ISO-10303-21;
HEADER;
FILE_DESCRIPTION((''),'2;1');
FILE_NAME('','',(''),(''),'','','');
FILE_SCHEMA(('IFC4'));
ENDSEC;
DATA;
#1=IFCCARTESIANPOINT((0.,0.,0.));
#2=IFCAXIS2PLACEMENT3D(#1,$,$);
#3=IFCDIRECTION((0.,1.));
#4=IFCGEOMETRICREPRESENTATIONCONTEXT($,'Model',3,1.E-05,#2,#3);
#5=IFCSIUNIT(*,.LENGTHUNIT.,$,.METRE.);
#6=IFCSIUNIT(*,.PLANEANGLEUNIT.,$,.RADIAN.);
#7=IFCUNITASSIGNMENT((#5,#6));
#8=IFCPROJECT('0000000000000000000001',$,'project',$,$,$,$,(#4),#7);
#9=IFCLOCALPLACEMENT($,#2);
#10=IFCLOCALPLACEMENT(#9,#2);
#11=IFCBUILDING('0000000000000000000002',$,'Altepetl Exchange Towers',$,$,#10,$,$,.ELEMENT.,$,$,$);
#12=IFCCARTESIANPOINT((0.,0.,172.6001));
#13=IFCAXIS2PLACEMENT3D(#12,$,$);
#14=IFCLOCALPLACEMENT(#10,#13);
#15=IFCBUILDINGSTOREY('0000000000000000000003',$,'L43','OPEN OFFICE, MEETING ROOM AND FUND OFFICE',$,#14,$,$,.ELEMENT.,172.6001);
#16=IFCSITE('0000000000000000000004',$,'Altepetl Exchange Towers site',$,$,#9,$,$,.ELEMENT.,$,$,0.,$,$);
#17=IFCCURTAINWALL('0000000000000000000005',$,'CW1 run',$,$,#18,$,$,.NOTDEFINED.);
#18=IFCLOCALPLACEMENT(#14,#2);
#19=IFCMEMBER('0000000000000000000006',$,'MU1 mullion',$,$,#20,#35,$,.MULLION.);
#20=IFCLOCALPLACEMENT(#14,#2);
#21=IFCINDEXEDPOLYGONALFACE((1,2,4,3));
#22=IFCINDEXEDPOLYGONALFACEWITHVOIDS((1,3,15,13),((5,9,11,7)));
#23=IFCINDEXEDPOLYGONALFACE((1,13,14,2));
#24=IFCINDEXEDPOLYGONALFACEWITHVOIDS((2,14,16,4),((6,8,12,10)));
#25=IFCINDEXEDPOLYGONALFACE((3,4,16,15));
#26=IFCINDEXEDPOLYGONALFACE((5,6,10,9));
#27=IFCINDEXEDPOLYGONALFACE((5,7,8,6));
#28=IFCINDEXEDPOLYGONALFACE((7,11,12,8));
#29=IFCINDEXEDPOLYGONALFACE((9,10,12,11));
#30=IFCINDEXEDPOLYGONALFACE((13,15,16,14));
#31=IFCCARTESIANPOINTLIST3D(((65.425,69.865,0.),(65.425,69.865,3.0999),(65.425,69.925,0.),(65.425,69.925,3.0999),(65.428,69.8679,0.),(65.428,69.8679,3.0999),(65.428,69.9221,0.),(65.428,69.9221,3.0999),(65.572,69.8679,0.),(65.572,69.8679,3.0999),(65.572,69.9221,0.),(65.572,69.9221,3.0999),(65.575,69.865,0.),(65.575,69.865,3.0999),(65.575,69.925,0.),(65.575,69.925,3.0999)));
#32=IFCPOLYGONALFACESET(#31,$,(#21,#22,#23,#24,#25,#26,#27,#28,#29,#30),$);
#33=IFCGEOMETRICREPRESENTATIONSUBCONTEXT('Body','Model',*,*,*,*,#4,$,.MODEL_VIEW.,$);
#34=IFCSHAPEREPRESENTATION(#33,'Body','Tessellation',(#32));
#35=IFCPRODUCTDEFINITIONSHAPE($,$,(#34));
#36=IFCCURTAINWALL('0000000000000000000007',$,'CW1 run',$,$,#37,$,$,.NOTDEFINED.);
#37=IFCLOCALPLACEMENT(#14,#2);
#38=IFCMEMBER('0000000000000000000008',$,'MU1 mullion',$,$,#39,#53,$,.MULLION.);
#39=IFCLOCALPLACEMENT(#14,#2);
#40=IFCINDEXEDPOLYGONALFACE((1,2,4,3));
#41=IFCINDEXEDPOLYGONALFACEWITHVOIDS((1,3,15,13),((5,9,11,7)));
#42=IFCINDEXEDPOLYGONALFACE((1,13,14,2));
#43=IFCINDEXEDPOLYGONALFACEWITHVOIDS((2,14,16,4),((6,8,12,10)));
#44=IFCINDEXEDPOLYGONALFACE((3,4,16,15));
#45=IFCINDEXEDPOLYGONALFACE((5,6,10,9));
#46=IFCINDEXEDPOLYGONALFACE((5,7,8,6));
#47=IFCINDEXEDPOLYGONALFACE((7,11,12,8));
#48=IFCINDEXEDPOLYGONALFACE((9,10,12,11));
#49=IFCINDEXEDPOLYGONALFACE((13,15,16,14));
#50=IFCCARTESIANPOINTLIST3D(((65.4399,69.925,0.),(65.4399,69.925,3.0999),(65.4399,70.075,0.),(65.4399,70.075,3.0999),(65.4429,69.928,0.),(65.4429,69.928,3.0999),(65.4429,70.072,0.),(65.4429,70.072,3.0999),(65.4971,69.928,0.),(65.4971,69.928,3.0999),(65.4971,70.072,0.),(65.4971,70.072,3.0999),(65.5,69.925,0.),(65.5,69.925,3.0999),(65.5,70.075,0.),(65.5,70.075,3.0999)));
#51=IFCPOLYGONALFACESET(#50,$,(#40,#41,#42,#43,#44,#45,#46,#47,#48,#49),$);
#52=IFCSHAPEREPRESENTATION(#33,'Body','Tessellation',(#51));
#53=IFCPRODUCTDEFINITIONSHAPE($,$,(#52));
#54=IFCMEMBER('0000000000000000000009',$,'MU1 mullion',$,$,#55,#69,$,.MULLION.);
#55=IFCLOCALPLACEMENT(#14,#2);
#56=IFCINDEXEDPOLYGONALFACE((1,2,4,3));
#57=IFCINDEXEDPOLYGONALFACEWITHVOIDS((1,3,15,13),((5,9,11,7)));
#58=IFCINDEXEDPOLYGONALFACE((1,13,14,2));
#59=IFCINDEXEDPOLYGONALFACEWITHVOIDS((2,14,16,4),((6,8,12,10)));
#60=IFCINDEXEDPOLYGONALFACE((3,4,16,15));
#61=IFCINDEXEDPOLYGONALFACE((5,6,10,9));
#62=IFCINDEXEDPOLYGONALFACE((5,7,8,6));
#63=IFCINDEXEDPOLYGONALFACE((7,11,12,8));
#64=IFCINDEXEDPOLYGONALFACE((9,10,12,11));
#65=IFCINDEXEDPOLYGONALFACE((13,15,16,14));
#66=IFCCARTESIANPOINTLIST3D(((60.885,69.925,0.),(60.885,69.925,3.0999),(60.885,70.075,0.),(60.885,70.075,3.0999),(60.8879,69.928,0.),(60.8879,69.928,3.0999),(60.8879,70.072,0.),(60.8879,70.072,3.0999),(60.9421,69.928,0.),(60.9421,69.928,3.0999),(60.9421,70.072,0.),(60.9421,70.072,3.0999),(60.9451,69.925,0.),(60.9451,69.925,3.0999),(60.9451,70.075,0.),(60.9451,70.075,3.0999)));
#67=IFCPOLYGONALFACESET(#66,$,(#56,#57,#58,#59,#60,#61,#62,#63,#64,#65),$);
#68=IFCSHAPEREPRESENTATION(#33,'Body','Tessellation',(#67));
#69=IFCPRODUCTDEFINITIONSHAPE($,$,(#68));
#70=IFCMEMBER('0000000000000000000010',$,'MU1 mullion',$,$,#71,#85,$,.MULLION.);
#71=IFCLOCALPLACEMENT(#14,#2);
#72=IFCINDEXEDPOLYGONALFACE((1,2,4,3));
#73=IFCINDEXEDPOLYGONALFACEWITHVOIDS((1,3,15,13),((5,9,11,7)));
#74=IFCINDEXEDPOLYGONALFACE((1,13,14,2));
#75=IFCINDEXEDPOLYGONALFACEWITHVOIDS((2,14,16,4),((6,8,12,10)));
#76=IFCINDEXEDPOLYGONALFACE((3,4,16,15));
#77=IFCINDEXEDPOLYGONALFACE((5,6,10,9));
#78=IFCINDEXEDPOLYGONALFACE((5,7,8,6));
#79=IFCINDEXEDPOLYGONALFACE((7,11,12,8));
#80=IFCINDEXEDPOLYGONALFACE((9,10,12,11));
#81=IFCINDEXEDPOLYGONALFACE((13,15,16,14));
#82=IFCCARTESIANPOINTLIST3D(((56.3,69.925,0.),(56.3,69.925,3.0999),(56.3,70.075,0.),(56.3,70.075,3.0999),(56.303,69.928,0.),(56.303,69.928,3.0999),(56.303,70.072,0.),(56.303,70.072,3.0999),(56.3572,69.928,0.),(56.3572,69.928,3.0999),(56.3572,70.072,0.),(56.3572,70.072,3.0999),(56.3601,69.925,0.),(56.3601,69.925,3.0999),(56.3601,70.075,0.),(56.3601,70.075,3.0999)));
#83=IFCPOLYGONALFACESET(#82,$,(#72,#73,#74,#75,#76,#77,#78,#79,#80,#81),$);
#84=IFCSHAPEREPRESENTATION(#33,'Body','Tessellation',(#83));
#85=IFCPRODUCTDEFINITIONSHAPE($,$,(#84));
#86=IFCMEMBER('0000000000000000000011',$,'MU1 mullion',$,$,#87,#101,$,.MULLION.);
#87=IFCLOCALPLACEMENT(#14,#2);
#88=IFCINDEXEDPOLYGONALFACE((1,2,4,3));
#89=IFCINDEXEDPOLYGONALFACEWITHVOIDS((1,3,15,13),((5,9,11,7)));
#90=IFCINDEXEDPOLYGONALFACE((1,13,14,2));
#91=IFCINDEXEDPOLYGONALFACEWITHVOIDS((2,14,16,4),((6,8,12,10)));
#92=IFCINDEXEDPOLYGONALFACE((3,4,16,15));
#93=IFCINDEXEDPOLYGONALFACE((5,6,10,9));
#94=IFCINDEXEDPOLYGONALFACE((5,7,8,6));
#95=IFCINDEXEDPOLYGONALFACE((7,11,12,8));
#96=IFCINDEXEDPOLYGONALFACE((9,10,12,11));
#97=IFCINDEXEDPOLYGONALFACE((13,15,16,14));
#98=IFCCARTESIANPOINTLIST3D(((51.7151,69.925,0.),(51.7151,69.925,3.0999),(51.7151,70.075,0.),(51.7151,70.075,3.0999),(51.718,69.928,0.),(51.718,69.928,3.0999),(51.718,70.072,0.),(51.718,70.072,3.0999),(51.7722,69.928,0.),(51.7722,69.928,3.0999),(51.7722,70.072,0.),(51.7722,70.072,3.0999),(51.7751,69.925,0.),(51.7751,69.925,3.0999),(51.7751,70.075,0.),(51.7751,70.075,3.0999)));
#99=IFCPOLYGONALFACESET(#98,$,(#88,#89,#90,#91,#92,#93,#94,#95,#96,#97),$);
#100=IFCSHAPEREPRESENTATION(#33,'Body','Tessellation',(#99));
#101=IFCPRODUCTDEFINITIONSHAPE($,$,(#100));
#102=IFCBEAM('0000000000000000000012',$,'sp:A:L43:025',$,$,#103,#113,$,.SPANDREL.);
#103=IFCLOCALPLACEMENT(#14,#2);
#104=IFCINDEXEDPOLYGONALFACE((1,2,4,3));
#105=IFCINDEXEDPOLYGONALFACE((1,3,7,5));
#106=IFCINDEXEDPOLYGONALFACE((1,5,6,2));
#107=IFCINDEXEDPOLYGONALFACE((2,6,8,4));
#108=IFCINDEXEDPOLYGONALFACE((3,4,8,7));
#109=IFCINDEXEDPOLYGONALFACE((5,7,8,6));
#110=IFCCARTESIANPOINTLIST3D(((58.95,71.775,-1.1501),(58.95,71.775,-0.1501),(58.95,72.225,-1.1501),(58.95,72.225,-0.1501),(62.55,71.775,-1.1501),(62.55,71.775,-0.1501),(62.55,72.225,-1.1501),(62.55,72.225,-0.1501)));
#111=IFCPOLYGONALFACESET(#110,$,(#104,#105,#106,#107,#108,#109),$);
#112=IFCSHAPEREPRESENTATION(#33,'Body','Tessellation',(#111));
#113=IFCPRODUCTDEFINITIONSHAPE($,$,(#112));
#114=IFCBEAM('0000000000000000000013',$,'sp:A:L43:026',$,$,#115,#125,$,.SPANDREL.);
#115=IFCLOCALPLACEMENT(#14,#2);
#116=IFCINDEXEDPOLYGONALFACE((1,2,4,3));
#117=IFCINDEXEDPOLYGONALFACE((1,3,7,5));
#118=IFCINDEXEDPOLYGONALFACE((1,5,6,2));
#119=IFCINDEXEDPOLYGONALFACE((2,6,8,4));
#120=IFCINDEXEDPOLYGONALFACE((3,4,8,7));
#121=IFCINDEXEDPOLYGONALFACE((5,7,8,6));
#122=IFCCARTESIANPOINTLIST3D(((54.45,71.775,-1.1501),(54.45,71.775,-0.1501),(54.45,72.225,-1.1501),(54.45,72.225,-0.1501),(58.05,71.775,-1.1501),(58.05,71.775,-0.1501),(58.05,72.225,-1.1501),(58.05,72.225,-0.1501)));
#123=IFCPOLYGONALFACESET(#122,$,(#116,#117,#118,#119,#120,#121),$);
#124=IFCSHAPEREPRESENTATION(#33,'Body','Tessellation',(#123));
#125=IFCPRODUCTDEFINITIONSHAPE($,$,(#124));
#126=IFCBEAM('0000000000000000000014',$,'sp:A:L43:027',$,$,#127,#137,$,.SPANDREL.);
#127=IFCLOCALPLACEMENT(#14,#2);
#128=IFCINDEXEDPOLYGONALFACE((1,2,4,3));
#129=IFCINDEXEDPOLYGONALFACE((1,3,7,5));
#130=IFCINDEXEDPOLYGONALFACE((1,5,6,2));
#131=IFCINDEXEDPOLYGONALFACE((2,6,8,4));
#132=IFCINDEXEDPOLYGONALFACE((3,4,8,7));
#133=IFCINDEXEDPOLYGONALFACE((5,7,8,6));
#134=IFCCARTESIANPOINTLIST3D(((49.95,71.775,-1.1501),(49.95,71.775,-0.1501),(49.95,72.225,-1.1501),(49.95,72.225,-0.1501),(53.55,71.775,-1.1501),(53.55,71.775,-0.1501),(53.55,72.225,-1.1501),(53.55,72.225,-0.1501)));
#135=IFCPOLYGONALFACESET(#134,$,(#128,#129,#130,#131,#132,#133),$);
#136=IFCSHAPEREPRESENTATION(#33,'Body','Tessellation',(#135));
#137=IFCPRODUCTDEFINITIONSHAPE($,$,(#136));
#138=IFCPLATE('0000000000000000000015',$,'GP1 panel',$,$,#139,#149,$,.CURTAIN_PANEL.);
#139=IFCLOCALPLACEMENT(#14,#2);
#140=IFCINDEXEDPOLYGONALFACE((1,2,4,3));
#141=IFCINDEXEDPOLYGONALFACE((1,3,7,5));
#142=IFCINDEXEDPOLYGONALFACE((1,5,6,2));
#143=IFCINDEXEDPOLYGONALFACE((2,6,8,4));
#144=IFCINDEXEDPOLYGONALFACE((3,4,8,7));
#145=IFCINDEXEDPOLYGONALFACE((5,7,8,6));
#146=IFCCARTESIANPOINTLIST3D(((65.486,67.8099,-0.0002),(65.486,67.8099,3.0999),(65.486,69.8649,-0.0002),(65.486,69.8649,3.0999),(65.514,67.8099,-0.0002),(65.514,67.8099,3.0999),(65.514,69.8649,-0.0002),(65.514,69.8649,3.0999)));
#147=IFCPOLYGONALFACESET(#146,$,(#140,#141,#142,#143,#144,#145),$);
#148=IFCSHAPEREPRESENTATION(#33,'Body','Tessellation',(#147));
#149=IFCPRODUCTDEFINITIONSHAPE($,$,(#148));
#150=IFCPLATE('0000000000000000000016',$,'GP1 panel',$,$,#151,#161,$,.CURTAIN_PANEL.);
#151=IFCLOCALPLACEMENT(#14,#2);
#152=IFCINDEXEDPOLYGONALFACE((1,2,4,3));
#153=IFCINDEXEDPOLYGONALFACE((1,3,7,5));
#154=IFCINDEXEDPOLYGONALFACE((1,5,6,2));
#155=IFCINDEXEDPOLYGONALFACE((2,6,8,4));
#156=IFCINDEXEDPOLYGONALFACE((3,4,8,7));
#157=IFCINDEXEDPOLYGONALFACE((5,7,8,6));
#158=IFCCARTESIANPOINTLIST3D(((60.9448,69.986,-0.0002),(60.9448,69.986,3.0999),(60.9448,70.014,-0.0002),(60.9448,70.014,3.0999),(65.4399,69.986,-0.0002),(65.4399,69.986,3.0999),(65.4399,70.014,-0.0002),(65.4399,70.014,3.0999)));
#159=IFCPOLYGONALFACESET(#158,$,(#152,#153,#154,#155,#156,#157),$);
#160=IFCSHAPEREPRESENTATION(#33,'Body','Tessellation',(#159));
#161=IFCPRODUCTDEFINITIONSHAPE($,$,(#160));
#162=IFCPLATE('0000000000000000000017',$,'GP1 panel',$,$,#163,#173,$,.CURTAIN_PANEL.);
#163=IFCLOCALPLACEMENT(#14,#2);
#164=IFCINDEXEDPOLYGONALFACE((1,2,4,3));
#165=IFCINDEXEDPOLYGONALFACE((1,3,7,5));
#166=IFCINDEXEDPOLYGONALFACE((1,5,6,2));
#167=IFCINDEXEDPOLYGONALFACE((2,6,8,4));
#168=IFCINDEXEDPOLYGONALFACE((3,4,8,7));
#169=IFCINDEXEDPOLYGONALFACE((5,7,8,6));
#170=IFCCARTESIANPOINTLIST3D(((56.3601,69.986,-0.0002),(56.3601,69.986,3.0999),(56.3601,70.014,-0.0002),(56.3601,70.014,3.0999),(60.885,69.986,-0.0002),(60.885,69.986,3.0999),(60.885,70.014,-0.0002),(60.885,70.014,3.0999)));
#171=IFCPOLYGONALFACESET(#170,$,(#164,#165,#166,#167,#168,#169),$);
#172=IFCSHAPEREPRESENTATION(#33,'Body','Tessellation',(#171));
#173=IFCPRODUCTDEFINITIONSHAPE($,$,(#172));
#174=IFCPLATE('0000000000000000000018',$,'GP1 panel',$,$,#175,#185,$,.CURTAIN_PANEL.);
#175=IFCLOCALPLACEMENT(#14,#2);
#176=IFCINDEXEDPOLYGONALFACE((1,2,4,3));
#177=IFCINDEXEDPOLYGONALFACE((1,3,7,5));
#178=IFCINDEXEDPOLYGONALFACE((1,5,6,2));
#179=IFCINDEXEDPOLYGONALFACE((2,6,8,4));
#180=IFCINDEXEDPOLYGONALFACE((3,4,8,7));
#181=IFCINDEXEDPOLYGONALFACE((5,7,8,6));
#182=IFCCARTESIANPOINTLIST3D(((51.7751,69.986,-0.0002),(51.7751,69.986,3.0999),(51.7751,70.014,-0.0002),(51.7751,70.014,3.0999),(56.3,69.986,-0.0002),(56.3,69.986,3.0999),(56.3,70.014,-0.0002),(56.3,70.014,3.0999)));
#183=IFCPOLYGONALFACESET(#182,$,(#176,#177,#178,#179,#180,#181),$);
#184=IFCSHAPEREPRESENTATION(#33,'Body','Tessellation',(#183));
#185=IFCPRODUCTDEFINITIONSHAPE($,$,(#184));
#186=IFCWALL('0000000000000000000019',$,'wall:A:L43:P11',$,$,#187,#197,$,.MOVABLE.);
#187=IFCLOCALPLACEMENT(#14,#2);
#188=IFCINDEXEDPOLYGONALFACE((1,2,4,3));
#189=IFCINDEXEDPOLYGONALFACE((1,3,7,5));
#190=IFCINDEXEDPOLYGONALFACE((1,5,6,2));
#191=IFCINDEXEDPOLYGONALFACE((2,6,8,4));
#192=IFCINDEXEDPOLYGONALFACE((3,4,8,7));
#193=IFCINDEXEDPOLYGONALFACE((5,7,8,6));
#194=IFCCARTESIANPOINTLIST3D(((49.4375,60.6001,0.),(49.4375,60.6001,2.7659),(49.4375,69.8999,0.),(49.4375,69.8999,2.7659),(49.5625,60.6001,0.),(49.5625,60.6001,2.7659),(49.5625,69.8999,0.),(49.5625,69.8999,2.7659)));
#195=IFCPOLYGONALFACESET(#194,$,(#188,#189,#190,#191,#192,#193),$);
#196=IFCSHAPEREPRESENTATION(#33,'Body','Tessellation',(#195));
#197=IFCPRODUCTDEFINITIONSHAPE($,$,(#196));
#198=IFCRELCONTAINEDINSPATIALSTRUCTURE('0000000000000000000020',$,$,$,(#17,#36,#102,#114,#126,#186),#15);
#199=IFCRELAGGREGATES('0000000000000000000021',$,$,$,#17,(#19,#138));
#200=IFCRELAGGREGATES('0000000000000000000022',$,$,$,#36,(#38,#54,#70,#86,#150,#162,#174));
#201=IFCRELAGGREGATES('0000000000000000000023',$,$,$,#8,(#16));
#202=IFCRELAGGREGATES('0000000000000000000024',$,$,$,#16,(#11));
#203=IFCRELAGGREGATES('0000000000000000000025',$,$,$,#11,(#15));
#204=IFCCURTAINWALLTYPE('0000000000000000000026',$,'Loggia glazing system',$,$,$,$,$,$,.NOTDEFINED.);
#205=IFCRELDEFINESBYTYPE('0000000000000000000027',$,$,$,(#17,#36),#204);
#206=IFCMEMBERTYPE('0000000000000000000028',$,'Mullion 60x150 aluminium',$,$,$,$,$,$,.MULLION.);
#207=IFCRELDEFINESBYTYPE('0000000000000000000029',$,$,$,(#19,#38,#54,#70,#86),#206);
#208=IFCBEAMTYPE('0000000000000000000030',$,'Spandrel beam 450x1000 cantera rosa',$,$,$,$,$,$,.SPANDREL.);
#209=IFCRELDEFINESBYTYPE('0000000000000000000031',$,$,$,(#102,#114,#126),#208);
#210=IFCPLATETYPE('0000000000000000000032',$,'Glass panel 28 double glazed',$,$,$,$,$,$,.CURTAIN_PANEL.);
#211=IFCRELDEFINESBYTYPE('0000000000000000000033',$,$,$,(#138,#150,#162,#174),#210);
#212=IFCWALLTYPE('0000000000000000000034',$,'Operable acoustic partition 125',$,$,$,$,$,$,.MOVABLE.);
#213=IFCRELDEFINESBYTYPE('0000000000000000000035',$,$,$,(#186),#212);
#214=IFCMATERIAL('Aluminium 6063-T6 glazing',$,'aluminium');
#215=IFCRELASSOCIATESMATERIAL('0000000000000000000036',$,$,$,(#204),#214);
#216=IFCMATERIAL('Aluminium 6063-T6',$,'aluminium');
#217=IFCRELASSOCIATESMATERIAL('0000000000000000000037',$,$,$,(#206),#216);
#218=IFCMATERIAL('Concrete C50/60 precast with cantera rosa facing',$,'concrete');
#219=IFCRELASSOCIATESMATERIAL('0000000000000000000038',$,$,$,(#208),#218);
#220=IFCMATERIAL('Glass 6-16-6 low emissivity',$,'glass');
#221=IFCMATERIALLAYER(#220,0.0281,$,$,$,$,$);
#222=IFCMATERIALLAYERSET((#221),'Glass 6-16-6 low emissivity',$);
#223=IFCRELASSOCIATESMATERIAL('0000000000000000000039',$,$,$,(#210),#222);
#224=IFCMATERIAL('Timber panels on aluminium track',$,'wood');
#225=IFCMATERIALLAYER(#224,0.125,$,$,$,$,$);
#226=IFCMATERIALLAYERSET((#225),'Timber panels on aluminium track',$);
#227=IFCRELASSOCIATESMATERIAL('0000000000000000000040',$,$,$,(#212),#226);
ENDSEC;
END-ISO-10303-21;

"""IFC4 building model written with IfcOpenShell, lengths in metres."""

from ifc_helpers import new_model, si_unit, direction, frame, frame_2d, origin, origin_2d, place, context, subcontext, project, spatial, rectangle, hollow_rectangle, extrude, material, layer, layer_set, material_profile, profile_set, type_object, element, aggregate, save


model = new_model("IFC4")

# Units and contexts
model_context = context("Model", 3, precision=1e-05, world=origin(), true_north=direction((0.0, 1.0)))
body_context = subcontext(model_context, "Body", "Model", "MODEL_VIEW")
ifc_project = project(units=[si_unit("LENGTHUNIT", "METRE"), si_unit("PLANEANGLEUNIT", "RADIAN")], contexts=[model_context])

# Site, building, storey
site_placement = place(None, origin())
site = spatial("IfcSite", under=ifc_project, at=site_placement, Name="Altepetl Exchange Towers site", CompositionType="ELEMENT", RefElevation=0.0)
building_placement = place(site_placement, origin())
building = spatial("IfcBuilding", under=site, at=building_placement, Name="Altepetl Exchange Towers", CompositionType="ELEMENT")
storey_placement = place(building_placement, frame((0.0, 0.0, 172.6001)))
storey = spatial("IfcBuildingStorey", under=building, at=storey_placement, Name="L43", Description="OPEN OFFICE, MEETING ROOM AND FUND OFFICE", CompositionType="ELEMENT", Elevation=172.6001)

# Shared definitions
ifc_material_1 = material(Name="Aluminium 6063-T6 glazing", Category="aluminium")
curtain_wall_type = type_object("IfcCurtainWallType", Name="Loggia glazing system", PredefinedType="NOTDEFINED", material=ifc_material_1)
ifc_material_2 = material(Name="Aluminium 6063-T6", Category="aluminium")
ifc_material_profile_1 = material_profile(ifc_material_2, hollow_rectangle(XDim=0.0601, YDim=0.1499, WallThickness=0.0029, at=origin_2d()), Name="Mullion 60x150 aluminium")
ifc_profile_set_1 = profile_set([ifc_material_profile_1], Name="Aluminium 6063-T6")
member_type = type_object("IfcMemberType", Name="Mullion 60x150 aluminium", PredefinedType="MULLION", material=ifc_profile_set_1)

# Curtain walls, members
curtain_wall_1_placement = place(storey_placement, origin())
curtain_wall_1 = element("IfcCurtainWall", 1, at=curtain_wall_1_placement, inside=storey, type_object=curtain_wall_type, Name="CW1 run", PredefinedType="NOTDEFINED")
member_1_placement = place(storey_placement, frame((65.5, 69.895, 0.0), z_axis=(0.0, 0.0, 1.0), x_axis=(0.0, 1.0, 0.0)))
member_1 = element("IfcMember", 2, at=member_1_placement, type_object=member_type, Name="MU1 mullion", PredefinedType="MULLION", context=body_context, shape_type="SweptSolid", body=[
    extrude(hollow_rectangle(XDim=0.0601, YDim=0.1499, WallThickness=0.0029, at=origin_2d()), origin(), (0.0, 0.0, 1.0), 3.0999),
])
curtain_wall_2_placement = place(storey_placement, origin())
curtain_wall_2 = element("IfcCurtainWall", 3, at=curtain_wall_2_placement, inside=storey, type_object=curtain_wall_type, Name="CW1 run", PredefinedType="NOTDEFINED")
member_2_placement = place(storey_placement, frame((65.47, 70.0, 0.0), z_axis=(0.0, 0.0, 1.0), x_axis=(-1.0, 0.0, 0.0)))
member_2 = element("IfcMember", 4, at=member_2_placement, type_object=member_type, Name="MU1 mullion", PredefinedType="MULLION", context=body_context, shape_type="SweptSolid", body=[
    extrude(hollow_rectangle(XDim=0.0601, YDim=0.1499, WallThickness=0.0029, at=origin_2d()), origin(), (0.0, 0.0, 1.0), 3.0999),
])
member_3_placement = place(storey_placement, frame((60.915, 70.0, 0.0), z_axis=(0.0, 0.0, 1.0), x_axis=(-1.0, 0.0, 0.0)))
member_3 = element("IfcMember", 5, at=member_3_placement, type_object=member_type, Name="MU1 mullion", PredefinedType="MULLION", context=body_context, shape_type="SweptSolid", body=[
    extrude(hollow_rectangle(XDim=0.0601, YDim=0.1499, WallThickness=0.0029, at=origin_2d()), origin(), (0.0, 0.0, 1.0), 3.0999),
])
member_4_placement = place(storey_placement, frame((56.3301, 70.0, 0.0), z_axis=(0.0, 0.0, 1.0), x_axis=(-1.0, 0.0, 0.0)))
member_4 = element("IfcMember", 6, at=member_4_placement, type_object=member_type, Name="MU1 mullion", PredefinedType="MULLION", context=body_context, shape_type="SweptSolid", body=[
    extrude(hollow_rectangle(XDim=0.0601, YDim=0.1499, WallThickness=0.0029, at=origin_2d()), origin(), (0.0, 0.0, 1.0), 3.0999),
])
member_5_placement = place(storey_placement, frame((51.7451, 70.0, 0.0), z_axis=(0.0, 0.0, 1.0), x_axis=(-1.0, 0.0, 0.0)))
member_5 = element("IfcMember", 7, at=member_5_placement, type_object=member_type, Name="MU1 mullion", PredefinedType="MULLION", context=body_context, shape_type="SweptSolid", body=[
    extrude(hollow_rectangle(XDim=0.0601, YDim=0.1499, WallThickness=0.0029, at=origin_2d()), origin(), (0.0, 0.0, 1.0), 3.0999),
])

# Beams
ifc_material_3 = material(Name="Concrete C50/60 precast with cantera rosa facing", Category="concrete")
ifc_material_profile_2 = material_profile(ifc_material_3, rectangle(XDim=0.45, YDim=1.0, at=origin_2d()), Name="450 x 1000")
ifc_profile_set_2 = profile_set([ifc_material_profile_2], Name="Concrete C50/60 precast with cantera rosa facing")
beam_type_1 = type_object("IfcBeamType", Name="Spandrel beam 450x1000 cantera rosa", PredefinedType="SPANDREL", material=ifc_profile_set_2)
for number, where, z_axis, x_axis, name in (
    (8, (62.55, 72.0, -0.6501), (-1.0, 0.0, 0.0), (0.0, -1.0, 0.0), "sp:A:L43:025"),
    (9, (58.05, 72.0, -0.6501), (-1.0, 0.0, 0.0), (0.0, -1.0, 0.0), "sp:A:L43:026"),
    (10, (53.55, 72.0, -0.6501), (-1.0, 0.0, 0.0), (0.0, -1.0, 0.0), "sp:A:L43:027"),
):
    element("IfcBeam", number, at=place(storey_placement, frame(where, z_axis=z_axis, x_axis=x_axis)), inside=storey, type_object=beam_type_1, Name=name, PredefinedType="SPANDREL", context=body_context, shape_type="SweptSolid", body=[
        extrude(rectangle(XDim=0.45, YDim=1.0, at=origin_2d()), origin(), (0.0, 0.0, 1.0), 3.6001),
    ])

# Plates
ifc_material_4 = material(Name="Glass 6-16-6 low emissivity", Category="glass")
ifc_layer_1 = layer(ifc_material_4, 0.0281)
ifc_layer_set_1 = layer_set([ifc_layer_1], Name="Glass 6-16-6 low emissivity")
plate_type = type_object("IfcPlateType", Name="Glass panel 28 double glazed", PredefinedType="CURTAIN_PANEL", material=ifc_layer_set_1)
plate_1_placement = place(storey_placement, frame((65.5, 68.8374, -0.0002), z_axis=(0.0, 0.0, 1.0), x_axis=(0.0, 1.0, 0.0)))
plate_1 = element("IfcPlate", 11, at=plate_1_placement, type_object=plate_type, Name="GP1 panel", PredefinedType="CURTAIN_PANEL", context=body_context, shape_type="SweptSolid", body=[
    extrude(rectangle(XDim=2.0549, YDim=0.0281, at=origin_2d()), origin(), (0.0, 0.0, 1.0), 3.1001),
])
aggregate(curtain_wall_1, [member_1, plate_1])
plate_2_placement = place(storey_placement, frame((63.1924, 70.0, -0.0002), z_axis=(0.0, 0.0, 1.0), x_axis=(-1.0, 0.0, 0.0)))
plate_2 = element("IfcPlate", 12, at=plate_2_placement, type_object=plate_type, Name="GP1 panel", PredefinedType="CURTAIN_PANEL", context=body_context, shape_type="SweptSolid", body=[
    extrude(rectangle(XDim=4.4951, YDim=0.0281, at=origin_2d()), origin(), (0.0, 0.0, 1.0), 3.1001),
])
plate_3_placement = place(storey_placement, frame((58.6226, 70.0, -0.0002), z_axis=(0.0, 0.0, 1.0), x_axis=(-1.0, 0.0, 0.0)))
plate_3 = element("IfcPlate", 13, at=plate_3_placement, type_object=plate_type, Name="GP1 panel", PredefinedType="CURTAIN_PANEL", context=body_context, shape_type="SweptSolid", body=[
    extrude(rectangle(XDim=4.5249, YDim=0.0281, at=origin_2d()), origin(), (0.0, 0.0, 1.0), 3.1001),
])
plate_4_placement = place(storey_placement, frame((54.0376, 70.0, -0.0002), z_axis=(0.0, 0.0, 1.0), x_axis=(-1.0, 0.0, 0.0)))
plate_4 = element("IfcPlate", 14, at=plate_4_placement, type_object=plate_type, Name="GP1 panel", PredefinedType="CURTAIN_PANEL", context=body_context, shape_type="SweptSolid", body=[
    extrude(rectangle(XDim=4.5249, YDim=0.0281, at=origin_2d()), origin(), (0.0, 0.0, 1.0), 3.1001),
])
aggregate(curtain_wall_2, [member_2, member_3, member_4, member_5, plate_2, plate_3, plate_4])

# Wall
ifc_material_5 = material(Name="Timber panels on aluminium track", Category="wood")
ifc_layer_2 = layer(ifc_material_5, 0.125)
ifc_layer_set_2 = layer_set([ifc_layer_2], Name="Timber panels on aluminium track")
wall_type_1 = type_object("IfcWallType", Name="Operable acoustic partition 125", PredefinedType="MOVABLE", material=ifc_layer_set_2)
for number, where, z_axis, x_axis, name in (
    (15, (49.5, 60.6001, 0.0), (0.0, 0.0, 1.0), (0.0, 1.0, 0.0), "wall:A:L43:P11"),
):
    element("IfcWall", number, at=place(storey_placement, frame(where, z_axis=z_axis, x_axis=x_axis)), inside=storey, type_object=wall_type_1, Name=name, PredefinedType="MOVABLE", context=body_context, shape_type="SweptSolid", body=[
        extrude(rectangle(XDim=9.2998, YDim=0.125, at=frame_2d((4.6499, 0.0))), origin(), (0.0, 0.0, 1.0), 2.7659),
    ])

save(model, "model.ifc")
